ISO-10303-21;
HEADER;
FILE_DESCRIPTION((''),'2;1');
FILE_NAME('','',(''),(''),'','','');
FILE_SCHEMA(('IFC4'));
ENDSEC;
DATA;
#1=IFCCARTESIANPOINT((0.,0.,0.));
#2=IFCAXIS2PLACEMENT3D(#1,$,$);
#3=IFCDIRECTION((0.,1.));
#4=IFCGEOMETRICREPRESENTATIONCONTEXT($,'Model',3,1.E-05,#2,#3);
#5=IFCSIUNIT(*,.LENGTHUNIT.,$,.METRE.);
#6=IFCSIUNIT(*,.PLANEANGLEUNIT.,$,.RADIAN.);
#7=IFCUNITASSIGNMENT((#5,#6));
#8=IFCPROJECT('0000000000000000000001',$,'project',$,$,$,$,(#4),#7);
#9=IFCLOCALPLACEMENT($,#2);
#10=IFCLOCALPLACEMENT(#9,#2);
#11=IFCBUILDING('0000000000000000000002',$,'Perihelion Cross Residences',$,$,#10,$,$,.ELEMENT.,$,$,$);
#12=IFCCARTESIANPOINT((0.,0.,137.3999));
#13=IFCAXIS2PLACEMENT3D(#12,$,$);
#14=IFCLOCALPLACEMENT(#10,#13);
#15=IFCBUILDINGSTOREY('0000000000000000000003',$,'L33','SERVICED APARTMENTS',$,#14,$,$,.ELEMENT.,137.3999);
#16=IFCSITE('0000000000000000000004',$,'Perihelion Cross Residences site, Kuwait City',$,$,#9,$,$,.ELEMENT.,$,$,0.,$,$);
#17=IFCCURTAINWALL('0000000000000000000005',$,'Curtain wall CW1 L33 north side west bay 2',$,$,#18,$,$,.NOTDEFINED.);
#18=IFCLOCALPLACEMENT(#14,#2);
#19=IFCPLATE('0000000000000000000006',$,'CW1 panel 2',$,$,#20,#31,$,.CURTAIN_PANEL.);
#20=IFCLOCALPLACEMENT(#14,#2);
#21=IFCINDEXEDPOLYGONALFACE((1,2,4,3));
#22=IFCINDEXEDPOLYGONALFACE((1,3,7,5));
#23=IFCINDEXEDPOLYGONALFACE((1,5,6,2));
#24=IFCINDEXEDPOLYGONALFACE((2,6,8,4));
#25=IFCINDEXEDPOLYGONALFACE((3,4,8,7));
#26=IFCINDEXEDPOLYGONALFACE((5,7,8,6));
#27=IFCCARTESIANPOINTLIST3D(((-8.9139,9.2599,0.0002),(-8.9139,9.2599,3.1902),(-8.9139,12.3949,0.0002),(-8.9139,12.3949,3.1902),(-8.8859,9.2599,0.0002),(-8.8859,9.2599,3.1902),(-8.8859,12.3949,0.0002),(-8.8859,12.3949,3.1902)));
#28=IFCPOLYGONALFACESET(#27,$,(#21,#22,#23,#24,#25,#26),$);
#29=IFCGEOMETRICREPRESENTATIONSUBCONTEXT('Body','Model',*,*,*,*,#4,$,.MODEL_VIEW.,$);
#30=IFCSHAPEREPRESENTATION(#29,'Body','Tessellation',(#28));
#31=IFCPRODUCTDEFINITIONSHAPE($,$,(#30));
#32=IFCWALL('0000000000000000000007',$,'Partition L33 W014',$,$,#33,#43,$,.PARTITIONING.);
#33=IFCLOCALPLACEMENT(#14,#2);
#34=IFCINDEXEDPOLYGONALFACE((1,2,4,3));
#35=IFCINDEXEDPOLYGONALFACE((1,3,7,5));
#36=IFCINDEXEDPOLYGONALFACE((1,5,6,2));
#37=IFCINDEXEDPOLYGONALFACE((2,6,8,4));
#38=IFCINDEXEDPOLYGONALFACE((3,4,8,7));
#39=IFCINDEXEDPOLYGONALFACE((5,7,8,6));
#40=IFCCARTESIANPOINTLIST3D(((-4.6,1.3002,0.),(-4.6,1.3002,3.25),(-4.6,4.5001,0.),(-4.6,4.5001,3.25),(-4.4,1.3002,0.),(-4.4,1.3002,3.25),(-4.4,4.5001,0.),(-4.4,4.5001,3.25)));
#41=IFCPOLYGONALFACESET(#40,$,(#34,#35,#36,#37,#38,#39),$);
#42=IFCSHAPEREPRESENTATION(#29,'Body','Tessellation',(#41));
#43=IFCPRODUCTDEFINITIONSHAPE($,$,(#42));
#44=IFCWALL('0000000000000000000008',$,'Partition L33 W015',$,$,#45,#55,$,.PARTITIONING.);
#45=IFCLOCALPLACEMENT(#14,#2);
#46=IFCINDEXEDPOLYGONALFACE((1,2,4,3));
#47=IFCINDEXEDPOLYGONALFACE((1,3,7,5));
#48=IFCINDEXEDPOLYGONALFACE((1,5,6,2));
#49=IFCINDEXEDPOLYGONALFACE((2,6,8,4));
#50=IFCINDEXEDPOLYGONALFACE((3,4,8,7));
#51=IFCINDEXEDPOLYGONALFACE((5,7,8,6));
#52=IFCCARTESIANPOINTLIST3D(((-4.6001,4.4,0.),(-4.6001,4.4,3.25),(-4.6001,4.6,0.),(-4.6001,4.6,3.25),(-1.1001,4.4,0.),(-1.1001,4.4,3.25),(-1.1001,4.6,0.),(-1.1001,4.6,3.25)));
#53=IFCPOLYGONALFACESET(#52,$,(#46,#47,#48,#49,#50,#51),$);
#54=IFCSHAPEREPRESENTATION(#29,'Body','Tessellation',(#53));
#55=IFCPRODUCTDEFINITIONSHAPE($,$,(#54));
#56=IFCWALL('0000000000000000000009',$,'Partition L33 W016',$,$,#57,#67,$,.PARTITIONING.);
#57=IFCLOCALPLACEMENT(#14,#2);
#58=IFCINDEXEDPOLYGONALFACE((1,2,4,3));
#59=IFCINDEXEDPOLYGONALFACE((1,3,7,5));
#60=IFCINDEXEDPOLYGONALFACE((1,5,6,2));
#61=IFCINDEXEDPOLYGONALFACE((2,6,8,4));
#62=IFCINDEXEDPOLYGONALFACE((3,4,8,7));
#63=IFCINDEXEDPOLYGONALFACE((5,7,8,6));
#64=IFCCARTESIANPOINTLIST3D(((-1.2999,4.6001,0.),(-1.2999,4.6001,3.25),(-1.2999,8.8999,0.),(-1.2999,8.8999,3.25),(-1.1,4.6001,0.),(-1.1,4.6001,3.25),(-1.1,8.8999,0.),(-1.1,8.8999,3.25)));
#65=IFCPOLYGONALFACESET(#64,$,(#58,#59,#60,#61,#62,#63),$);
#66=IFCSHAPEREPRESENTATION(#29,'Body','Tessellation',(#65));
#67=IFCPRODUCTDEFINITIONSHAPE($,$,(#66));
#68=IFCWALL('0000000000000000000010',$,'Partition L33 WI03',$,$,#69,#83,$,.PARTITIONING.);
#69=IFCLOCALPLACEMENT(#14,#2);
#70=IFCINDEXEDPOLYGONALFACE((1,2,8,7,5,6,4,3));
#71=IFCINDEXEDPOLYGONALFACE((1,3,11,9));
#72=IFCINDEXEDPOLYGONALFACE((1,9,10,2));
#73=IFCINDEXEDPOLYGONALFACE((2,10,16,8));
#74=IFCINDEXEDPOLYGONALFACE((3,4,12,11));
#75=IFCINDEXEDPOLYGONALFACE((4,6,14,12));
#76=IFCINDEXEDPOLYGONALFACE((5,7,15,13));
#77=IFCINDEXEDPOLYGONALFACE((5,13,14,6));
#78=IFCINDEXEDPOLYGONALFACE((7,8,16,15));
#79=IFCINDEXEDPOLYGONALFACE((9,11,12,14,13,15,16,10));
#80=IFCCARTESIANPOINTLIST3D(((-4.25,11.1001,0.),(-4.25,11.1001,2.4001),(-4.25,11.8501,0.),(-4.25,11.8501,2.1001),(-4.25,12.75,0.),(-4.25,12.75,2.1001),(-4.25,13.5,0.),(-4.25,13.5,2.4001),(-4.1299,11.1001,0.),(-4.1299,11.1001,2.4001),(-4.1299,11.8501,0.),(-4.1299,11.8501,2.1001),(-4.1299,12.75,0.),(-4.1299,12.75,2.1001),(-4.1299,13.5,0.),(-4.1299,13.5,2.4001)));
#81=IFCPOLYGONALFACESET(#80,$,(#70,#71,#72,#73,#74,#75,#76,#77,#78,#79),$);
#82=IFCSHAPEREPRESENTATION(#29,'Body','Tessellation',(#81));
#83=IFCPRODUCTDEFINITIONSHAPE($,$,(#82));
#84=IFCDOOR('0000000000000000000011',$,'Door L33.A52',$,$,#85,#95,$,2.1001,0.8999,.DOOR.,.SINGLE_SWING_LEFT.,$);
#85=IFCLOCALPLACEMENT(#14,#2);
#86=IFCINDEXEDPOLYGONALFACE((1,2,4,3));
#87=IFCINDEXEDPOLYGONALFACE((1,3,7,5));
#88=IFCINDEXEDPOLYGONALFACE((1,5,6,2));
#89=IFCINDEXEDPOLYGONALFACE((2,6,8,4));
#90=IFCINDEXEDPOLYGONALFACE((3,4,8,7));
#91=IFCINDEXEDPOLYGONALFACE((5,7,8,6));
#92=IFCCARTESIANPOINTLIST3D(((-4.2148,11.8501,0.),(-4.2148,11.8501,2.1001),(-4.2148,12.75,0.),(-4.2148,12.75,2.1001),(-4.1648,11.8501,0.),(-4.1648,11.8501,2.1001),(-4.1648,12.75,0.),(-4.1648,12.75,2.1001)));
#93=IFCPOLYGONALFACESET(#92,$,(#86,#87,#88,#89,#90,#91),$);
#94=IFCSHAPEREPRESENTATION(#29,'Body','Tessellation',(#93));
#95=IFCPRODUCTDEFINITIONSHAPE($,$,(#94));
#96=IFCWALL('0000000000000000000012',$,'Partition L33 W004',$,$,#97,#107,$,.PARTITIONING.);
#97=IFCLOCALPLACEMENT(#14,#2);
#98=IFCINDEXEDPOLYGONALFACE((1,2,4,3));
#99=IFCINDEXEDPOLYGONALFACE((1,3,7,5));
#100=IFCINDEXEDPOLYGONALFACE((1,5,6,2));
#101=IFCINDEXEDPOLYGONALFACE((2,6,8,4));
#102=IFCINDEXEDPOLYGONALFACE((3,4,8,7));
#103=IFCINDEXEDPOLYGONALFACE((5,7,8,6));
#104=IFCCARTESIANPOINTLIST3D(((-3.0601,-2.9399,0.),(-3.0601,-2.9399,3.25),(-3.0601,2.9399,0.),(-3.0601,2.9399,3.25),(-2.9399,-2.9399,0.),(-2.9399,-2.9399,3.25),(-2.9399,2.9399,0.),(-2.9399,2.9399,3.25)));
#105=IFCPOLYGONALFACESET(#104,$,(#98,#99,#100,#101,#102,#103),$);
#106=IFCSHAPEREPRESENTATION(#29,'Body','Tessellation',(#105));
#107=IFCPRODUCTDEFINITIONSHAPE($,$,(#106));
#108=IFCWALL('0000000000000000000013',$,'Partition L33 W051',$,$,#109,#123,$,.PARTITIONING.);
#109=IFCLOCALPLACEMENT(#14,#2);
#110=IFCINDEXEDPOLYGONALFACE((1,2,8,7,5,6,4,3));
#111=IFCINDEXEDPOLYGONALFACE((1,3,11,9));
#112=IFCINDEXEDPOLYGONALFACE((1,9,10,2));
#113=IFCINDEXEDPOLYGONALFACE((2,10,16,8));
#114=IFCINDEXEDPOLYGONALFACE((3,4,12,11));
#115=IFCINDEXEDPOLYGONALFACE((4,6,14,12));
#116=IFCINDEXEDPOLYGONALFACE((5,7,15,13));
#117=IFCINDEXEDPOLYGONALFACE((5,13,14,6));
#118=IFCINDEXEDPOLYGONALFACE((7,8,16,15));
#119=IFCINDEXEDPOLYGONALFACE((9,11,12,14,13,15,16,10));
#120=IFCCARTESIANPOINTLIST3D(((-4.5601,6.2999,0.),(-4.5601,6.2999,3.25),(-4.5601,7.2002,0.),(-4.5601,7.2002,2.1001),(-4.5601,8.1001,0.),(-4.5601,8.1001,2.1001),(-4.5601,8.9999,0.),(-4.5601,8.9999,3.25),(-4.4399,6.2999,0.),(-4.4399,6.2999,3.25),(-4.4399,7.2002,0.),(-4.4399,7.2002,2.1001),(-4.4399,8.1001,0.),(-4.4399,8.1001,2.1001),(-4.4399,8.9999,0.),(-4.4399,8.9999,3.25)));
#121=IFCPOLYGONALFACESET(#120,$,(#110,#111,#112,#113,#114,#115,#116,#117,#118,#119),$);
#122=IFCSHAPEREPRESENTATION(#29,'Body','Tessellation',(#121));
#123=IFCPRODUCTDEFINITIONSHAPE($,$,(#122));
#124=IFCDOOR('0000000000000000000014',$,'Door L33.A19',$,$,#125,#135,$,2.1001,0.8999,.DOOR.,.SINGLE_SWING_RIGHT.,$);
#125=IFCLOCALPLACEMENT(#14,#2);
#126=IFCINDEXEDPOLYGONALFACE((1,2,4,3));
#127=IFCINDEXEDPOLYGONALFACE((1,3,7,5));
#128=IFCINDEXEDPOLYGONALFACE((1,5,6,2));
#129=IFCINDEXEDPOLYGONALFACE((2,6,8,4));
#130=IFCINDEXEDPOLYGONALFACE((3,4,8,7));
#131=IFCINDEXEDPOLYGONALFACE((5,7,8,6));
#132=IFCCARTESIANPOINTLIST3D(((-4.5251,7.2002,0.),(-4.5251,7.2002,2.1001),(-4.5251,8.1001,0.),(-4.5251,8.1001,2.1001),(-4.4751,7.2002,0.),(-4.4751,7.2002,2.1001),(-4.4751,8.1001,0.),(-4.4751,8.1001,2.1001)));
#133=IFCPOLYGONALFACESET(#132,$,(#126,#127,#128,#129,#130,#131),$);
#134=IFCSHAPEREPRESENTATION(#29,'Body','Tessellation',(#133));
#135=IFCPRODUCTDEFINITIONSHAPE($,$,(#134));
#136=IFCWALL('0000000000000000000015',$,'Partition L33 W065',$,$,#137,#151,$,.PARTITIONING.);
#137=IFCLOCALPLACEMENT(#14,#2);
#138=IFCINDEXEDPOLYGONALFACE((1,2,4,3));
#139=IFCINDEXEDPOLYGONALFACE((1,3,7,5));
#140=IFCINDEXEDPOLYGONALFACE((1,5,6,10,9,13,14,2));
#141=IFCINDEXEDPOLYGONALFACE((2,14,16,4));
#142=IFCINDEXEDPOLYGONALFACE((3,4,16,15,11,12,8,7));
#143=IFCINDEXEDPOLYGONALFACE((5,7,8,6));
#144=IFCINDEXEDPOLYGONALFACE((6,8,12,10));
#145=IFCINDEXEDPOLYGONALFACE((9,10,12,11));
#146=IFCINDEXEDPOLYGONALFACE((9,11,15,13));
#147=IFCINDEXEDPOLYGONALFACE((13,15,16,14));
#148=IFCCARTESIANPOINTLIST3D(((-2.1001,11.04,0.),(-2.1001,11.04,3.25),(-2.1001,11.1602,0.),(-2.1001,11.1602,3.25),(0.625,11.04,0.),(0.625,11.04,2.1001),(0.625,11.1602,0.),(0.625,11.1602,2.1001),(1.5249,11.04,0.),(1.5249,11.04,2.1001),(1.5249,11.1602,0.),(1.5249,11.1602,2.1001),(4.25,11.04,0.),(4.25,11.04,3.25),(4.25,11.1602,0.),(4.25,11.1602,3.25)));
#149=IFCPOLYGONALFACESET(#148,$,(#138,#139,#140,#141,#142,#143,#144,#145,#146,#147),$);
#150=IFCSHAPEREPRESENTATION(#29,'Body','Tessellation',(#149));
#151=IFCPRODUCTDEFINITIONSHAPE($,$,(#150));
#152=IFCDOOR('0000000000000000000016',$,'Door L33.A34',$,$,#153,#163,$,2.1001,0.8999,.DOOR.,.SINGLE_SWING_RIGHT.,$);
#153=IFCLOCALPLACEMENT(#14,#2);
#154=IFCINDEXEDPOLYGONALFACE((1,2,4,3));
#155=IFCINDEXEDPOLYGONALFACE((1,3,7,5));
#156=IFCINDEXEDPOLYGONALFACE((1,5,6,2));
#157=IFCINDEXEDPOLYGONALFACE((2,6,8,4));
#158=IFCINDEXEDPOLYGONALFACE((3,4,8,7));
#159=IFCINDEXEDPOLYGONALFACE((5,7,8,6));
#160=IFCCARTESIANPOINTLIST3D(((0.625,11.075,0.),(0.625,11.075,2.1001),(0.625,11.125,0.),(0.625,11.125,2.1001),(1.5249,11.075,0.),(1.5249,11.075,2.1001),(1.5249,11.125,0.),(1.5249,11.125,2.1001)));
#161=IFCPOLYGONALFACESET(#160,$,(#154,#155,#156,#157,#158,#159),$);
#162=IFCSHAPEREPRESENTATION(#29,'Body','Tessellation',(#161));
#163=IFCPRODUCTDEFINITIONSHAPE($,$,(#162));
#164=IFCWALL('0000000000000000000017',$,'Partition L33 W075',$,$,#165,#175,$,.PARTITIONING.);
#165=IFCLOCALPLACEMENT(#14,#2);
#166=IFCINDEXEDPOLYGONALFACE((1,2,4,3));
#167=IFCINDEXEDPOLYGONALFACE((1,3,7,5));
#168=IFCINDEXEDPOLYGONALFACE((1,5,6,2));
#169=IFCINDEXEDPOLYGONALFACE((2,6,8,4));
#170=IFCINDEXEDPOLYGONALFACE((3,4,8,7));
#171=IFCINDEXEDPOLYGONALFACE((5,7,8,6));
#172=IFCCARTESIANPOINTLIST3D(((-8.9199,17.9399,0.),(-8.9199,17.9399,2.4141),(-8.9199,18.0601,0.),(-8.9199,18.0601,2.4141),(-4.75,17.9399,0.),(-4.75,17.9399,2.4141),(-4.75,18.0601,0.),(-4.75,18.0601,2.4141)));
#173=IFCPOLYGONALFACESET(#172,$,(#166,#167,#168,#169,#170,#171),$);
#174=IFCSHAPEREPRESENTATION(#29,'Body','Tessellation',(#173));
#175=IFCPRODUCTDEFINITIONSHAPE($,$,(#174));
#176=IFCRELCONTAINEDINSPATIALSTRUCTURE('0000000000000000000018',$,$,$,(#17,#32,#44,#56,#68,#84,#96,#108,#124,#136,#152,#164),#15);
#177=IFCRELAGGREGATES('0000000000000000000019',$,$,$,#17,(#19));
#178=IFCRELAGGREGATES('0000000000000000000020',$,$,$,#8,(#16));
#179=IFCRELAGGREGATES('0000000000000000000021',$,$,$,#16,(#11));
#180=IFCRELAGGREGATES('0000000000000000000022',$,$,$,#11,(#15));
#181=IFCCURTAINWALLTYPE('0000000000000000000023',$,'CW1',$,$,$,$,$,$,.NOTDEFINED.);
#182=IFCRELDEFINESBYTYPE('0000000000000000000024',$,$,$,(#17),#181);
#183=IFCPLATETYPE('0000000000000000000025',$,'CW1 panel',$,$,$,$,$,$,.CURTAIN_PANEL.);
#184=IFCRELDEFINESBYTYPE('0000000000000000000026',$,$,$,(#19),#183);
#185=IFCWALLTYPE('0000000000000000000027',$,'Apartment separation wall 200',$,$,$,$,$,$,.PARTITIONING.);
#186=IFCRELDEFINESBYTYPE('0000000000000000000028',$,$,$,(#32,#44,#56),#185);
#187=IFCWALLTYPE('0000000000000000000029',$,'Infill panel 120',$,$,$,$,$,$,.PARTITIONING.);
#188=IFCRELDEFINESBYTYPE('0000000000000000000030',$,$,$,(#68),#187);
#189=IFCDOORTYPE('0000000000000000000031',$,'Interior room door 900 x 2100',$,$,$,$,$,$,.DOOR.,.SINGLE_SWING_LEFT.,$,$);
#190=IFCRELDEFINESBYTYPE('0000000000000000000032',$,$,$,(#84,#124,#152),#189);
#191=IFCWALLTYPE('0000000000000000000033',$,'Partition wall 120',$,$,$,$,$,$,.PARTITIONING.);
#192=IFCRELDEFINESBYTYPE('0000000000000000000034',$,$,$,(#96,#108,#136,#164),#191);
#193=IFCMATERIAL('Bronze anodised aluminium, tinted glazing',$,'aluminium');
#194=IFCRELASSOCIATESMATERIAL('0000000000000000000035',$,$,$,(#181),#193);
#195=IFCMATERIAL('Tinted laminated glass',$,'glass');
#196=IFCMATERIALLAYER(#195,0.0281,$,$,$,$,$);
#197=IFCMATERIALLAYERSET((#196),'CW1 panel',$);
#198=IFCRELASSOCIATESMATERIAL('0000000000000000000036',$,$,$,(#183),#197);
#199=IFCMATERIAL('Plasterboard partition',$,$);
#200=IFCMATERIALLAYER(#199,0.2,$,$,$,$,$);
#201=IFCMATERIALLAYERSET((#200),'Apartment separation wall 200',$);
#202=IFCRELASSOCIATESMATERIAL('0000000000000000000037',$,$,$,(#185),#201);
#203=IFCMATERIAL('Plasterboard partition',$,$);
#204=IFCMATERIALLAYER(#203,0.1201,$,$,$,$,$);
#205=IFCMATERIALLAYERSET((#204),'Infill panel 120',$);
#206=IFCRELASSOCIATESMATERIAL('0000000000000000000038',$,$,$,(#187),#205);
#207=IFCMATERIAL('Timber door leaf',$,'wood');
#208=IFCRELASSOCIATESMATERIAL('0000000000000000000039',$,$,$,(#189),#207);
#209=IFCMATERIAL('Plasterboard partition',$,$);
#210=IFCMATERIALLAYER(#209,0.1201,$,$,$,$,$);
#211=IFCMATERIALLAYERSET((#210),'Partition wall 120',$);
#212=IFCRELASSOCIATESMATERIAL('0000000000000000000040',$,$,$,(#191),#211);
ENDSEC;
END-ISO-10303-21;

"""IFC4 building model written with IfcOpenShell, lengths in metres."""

from ifc_helpers import new_model, si_unit, direction, frame, frame_2d, origin, origin_2d, place, context, subcontext, project, spatial, rectangle, extrude, material, layer, layer_set, type_object, element, fill, aggregate, save


model = new_model("IFC4")

# Units and contexts
model_context = context("Model", 3, precision=1e-05, world=origin(), true_north=direction((0.0, 1.0)))
body_context = subcontext(model_context, "Body", "Model", "MODEL_VIEW")
ifc_project = project(units=[si_unit("LENGTHUNIT", "METRE"), si_unit("PLANEANGLEUNIT", "RADIAN")], contexts=[model_context])

# Site, building, storey
site_placement = place(None, origin())
site = spatial("IfcSite", under=ifc_project, at=site_placement, Name="Perihelion Cross Residences site, Kuwait City", CompositionType="ELEMENT", RefElevation=0.0)
building_placement = place(site_placement, origin())
building = spatial("IfcBuilding", under=site, at=building_placement, Name="Perihelion Cross Residences", CompositionType="ELEMENT")
storey_placement = place(building_placement, frame((0.0, 0.0, 137.3999)))
storey = spatial("IfcBuildingStorey", under=building, at=storey_placement, Name="L33", Description="SERVICED APARTMENTS", CompositionType="ELEMENT", Elevation=137.3999)

# Curtain wall
ifc_material_1 = material(Name="Bronze anodised aluminium, tinted glazing", Category="aluminium")
curtain_wall_type = type_object("IfcCurtainWallType", Name="CW1", PredefinedType="NOTDEFINED", material=ifc_material_1)
curtain_wall_placement = place(storey_placement, origin())
curtain_wall = element("IfcCurtainWall", 1, at=curtain_wall_placement, inside=storey, type_object=curtain_wall_type, Name="Curtain wall CW1 L33 north side west bay 2", PredefinedType="NOTDEFINED")

# Plate
ifc_material_2 = material(Name="Tinted laminated glass", Category="glass")
ifc_layer_1 = layer(ifc_material_2, 0.0281)
ifc_layer_set_1 = layer_set([ifc_layer_1], Name="CW1 panel")
plate_type = type_object("IfcPlateType", Name="CW1 panel", PredefinedType="CURTAIN_PANEL", material=ifc_layer_set_1)
plate_1_placement = place(storey_placement, frame((-8.8999, 10.8274, 0.0002), z_axis=(0.0, 0.0, 1.0), x_axis=(0.0, -1.0, 0.0)))
plate_1 = element("IfcPlate", 2, at=plate_1_placement, type_object=plate_type, Name="CW1 panel 2", PredefinedType="CURTAIN_PANEL", context=body_context, shape_type="SweptSolid", body=[
    extrude(rectangle(XDim=3.135, YDim=0.0281, at=origin_2d()), origin(), (0.0, 0.0, 1.0), 3.1899),
])
aggregate(curtain_wall, [plate_1])

# Walls
ifc_material_3 = material(Name="Plasterboard partition")
ifc_layer_2 = layer(ifc_material_3, 0.2)
ifc_layer_set_2 = layer_set([ifc_layer_2], Name="Apartment separation wall 200")
wall_type_1 = type_object("IfcWallType", Name="Apartment separation wall 200", PredefinedType="PARTITIONING", material=ifc_layer_set_2)
wall_1_placement = place(storey_placement, frame((-4.5, 1.3, 0.0), z_axis=(0.0, 0.0, 1.0), x_axis=(0.0, 1.0, 0.0)))
element("IfcWall", 3, at=wall_1_placement, inside=storey, type_object=wall_type_1, Name="Partition L33 W014", PredefinedType="PARTITIONING", context=body_context, shape_type="SweptSolid", body=[
    extrude(rectangle(XDim=3.2, YDim=0.2, at=frame_2d((1.6001, 0.0))), origin(), (0.0, 0.0, 1.0), 3.25),
])
wall_2_placement = place(storey_placement, frame((-4.6001, 4.5, 0.0), z_axis=(0.0, 0.0, 1.0), x_axis=(1.0, 0.0, 0.0)))
element("IfcWall", 4, at=wall_2_placement, inside=storey, type_object=wall_type_1, Name="Partition L33 W015", PredefinedType="PARTITIONING", context=body_context, shape_type="SweptSolid", body=[
    extrude(rectangle(XDim=3.5, YDim=0.2, at=frame_2d((1.75, 0.0))), origin(), (0.0, 0.0, 1.0), 3.25),
])
wall_3_placement = place(storey_placement, frame((-1.2, 4.6001, 0.0), z_axis=(0.0, 0.0, 1.0), x_axis=(0.0, 1.0, 0.0)))
element("IfcWall", 5, at=wall_3_placement, inside=storey, type_object=wall_type_1, Name="Partition L33 W016", PredefinedType="PARTITIONING", context=body_context, shape_type="SweptSolid", body=[
    extrude(rectangle(XDim=4.2998, YDim=0.2, at=frame_2d((2.1499, 0.0))), origin(), (0.0, 0.0, 1.0), 3.25),
])

# Wall, opening, door
ifc_material_4 = material(Name="Plasterboard partition")
ifc_layer_3 = layer(ifc_material_4, 0.1201)
ifc_layer_set_3 = layer_set([ifc_layer_3], Name="Infill panel 120")
wall_type_2 = type_object("IfcWallType", Name="Infill panel 120", PredefinedType="PARTITIONING", material=ifc_layer_set_3)
wall_4_placement = place(storey_placement, frame((-4.1899, 11.1001, 0.0), z_axis=(0.0, 0.0, 1.0), x_axis=(0.0, 1.0, 0.0)))
wall_4 = element("IfcWall", 6, at=wall_4_placement, inside=storey, type_object=wall_type_2, Name="Partition L33 WI03", PredefinedType="PARTITIONING", context=body_context, shape_type="SweptSolid", body=[
    extrude(rectangle(XDim=2.3999, YDim=0.1201, at=frame_2d((1.2, 0.0))), origin(), (0.0, 0.0, 1.0), 2.4001),
])
opening_1_placement = place(wall_4_placement, frame((0.75, 0.0, 0.0)))
opening_1 = element("IfcOpeningElement", 7, at=opening_1_placement, cuts=wall_4, PredefinedType="OPENING", context=body_context, shape_type="SweptSolid", body=[
    extrude(rectangle(XDim=0.8999, YDim=2.1001, at=frame_2d((0.45, 1.05))), frame((0.0, 0.0701, 0.0), z_axis=(0.0, -1.0, 0.0), x_axis=(1.0, 0.0, 0.0)), (0.0, 0.0, 1.0), 0.1401),
])
ifc_material_5 = material(Name="Timber door leaf", Category="wood")
door_type_1 = type_object("IfcDoorType", Name="Interior room door 900 x 2100", OperationType="SINGLE_SWING_LEFT", PredefinedType="DOOR", material=ifc_material_5)
door_1_placement = place(opening_1_placement, origin())
door_1 = element("IfcDoor", 8, at=door_1_placement, inside=storey, type_object=door_type_1, Name="Door L33.A52", OperationType="SINGLE_SWING_LEFT", OverallHeight=2.1001, OverallWidth=0.8999, PredefinedType="DOOR", context=body_context, shape_type="SweptSolid", body=[
    extrude(rectangle(XDim=0.8999, YDim=2.1001, at=frame_2d((0.45, 1.05))), frame((0.0, 0.0249, 0.0), z_axis=(0.0, -1.0, 0.0), x_axis=(1.0, 0.0, 0.0)), (0.0, 0.0, 1.0), 0.05),
])
fill(opening_1, door_1)

# Wall
ifc_material_6 = material(Name="Plasterboard partition")
ifc_layer_4 = layer(ifc_material_6, 0.1201)
ifc_layer_set_4 = layer_set([ifc_layer_4], Name="Partition wall 120")
wall_type_3 = type_object("IfcWallType", Name="Partition wall 120", PredefinedType="PARTITIONING", material=ifc_layer_set_4)
wall_5_placement = place(storey_placement, frame((-3.0, 2.9399, 0.0), z_axis=(0.0, 0.0, 1.0), x_axis=(0.0, -1.0, 0.0)))
element("IfcWall", 9, at=wall_5_placement, inside=storey, type_object=wall_type_3, Name="Partition L33 W004", PredefinedType="PARTITIONING", context=body_context, shape_type="SweptSolid", body=[
    extrude(rectangle(XDim=5.8799, YDim=0.1201, at=frame_2d((2.9399, 0.0))), origin(), (0.0, 0.0, 1.0), 3.25),
])

# Walls, openings, doors
wall_6_placement = place(storey_placement, frame((-4.5, 9.0, 0.0), z_axis=(0.0, 0.0, 1.0), x_axis=(0.0, -1.0, 0.0)))
wall_6 = element("IfcWall", 10, at=wall_6_placement, inside=storey, type_object=wall_type_3, Name="Partition L33 W051", PredefinedType="PARTITIONING", context=body_context, shape_type="SweptSolid", body=[
    extrude(rectangle(XDim=2.7, YDim=0.1201, at=frame_2d((1.3501, 0.0))), origin(), (0.0, 0.0, 1.0), 3.25),
])
opening_2_placement = place(wall_6_placement, frame((0.8999, 0.0, 0.0)))
opening_2 = element("IfcOpeningElement", 11, at=opening_2_placement, cuts=wall_6, PredefinedType="OPENING", context=body_context, shape_type="SweptSolid", body=[
    extrude(rectangle(XDim=0.8999, YDim=2.1001, at=frame_2d((0.45, 1.05))), frame((0.0, 0.0701, 0.0), z_axis=(0.0, -1.0, 0.0), x_axis=(1.0, 0.0, 0.0)), (0.0, 0.0, 1.0), 0.1401),
])
door_2_placement = place(opening_2_placement, origin())
door_2 = element("IfcDoor", 12, at=door_2_placement, inside=storey, type_object=door_type_1, Name="Door L33.A19", OperationType="SINGLE_SWING_RIGHT", OverallHeight=2.1001, OverallWidth=0.8999, PredefinedType="DOOR", context=body_context, shape_type="SweptSolid", body=[
    extrude(rectangle(XDim=0.8999, YDim=2.1001, at=frame_2d((0.45, 1.05))), frame((0.0, 0.0249, 0.0), z_axis=(0.0, -1.0, 0.0), x_axis=(1.0, 0.0, 0.0)), (0.0, 0.0, 1.0), 0.05),
])
fill(opening_2, door_2)
wall_7_placement = place(storey_placement, frame((-2.1001, 11.1001, 0.0), z_axis=(0.0, 0.0, 1.0), x_axis=(1.0, 0.0, 0.0)))
wall_7 = element("IfcWall", 13, at=wall_7_placement, inside=storey, type_object=wall_type_3, Name="Partition L33 W065", PredefinedType="PARTITIONING", context=body_context, shape_type="SweptSolid", body=[
    extrude(rectangle(XDim=6.3501, YDim=0.1201, at=frame_2d((3.175, 0.0))), origin(), (0.0, 0.0, 1.0), 3.25),
])
opening_3_placement = place(wall_7_placement, frame((2.7251, 0.0, 0.0)))
opening_3 = element("IfcOpeningElement", 14, at=opening_3_placement, cuts=wall_7, PredefinedType="OPENING", context=body_context, shape_type="SweptSolid", body=[
    extrude(rectangle(XDim=0.8999, YDim=2.1001, at=frame_2d((0.45, 1.05))), frame((0.0, 0.0701, 0.0), z_axis=(0.0, -1.0, 0.0), x_axis=(1.0, 0.0, 0.0)), (0.0, 0.0, 1.0), 0.1401),
])
door_3_placement = place(opening_3_placement, origin())
door_3 = element("IfcDoor", 15, at=door_3_placement, inside=storey, type_object=door_type_1, Name="Door L33.A34", OperationType="SINGLE_SWING_RIGHT", OverallHeight=2.1001, OverallWidth=0.8999, PredefinedType="DOOR", context=body_context, shape_type="SweptSolid", body=[
    extrude(rectangle(XDim=0.8999, YDim=2.1001, at=frame_2d((0.45, 1.05))), frame((0.0, 0.0249, 0.0), z_axis=(0.0, -1.0, 0.0), x_axis=(1.0, 0.0, 0.0)), (0.0, 0.0, 1.0), 0.05),
])
fill(opening_3, door_3)

# Wall
wall_8_placement = place(storey_placement, frame((-8.9199, 18.0, 0.0), z_axis=(0.0, 0.0, 1.0), x_axis=(1.0, 0.0, 0.0)))
element("IfcWall", 16, at=wall_8_placement, inside=storey, type_object=wall_type_3, Name="Partition L33 W075", PredefinedType="PARTITIONING", context=body_context, shape_type="SweptSolid", body=[
    extrude(rectangle(XDim=4.1699, YDim=0.1201, at=frame_2d((2.085, 0.0))), origin(), (0.0, 0.0, 1.0), 2.4141),
])

save(model, "model.ifc")
